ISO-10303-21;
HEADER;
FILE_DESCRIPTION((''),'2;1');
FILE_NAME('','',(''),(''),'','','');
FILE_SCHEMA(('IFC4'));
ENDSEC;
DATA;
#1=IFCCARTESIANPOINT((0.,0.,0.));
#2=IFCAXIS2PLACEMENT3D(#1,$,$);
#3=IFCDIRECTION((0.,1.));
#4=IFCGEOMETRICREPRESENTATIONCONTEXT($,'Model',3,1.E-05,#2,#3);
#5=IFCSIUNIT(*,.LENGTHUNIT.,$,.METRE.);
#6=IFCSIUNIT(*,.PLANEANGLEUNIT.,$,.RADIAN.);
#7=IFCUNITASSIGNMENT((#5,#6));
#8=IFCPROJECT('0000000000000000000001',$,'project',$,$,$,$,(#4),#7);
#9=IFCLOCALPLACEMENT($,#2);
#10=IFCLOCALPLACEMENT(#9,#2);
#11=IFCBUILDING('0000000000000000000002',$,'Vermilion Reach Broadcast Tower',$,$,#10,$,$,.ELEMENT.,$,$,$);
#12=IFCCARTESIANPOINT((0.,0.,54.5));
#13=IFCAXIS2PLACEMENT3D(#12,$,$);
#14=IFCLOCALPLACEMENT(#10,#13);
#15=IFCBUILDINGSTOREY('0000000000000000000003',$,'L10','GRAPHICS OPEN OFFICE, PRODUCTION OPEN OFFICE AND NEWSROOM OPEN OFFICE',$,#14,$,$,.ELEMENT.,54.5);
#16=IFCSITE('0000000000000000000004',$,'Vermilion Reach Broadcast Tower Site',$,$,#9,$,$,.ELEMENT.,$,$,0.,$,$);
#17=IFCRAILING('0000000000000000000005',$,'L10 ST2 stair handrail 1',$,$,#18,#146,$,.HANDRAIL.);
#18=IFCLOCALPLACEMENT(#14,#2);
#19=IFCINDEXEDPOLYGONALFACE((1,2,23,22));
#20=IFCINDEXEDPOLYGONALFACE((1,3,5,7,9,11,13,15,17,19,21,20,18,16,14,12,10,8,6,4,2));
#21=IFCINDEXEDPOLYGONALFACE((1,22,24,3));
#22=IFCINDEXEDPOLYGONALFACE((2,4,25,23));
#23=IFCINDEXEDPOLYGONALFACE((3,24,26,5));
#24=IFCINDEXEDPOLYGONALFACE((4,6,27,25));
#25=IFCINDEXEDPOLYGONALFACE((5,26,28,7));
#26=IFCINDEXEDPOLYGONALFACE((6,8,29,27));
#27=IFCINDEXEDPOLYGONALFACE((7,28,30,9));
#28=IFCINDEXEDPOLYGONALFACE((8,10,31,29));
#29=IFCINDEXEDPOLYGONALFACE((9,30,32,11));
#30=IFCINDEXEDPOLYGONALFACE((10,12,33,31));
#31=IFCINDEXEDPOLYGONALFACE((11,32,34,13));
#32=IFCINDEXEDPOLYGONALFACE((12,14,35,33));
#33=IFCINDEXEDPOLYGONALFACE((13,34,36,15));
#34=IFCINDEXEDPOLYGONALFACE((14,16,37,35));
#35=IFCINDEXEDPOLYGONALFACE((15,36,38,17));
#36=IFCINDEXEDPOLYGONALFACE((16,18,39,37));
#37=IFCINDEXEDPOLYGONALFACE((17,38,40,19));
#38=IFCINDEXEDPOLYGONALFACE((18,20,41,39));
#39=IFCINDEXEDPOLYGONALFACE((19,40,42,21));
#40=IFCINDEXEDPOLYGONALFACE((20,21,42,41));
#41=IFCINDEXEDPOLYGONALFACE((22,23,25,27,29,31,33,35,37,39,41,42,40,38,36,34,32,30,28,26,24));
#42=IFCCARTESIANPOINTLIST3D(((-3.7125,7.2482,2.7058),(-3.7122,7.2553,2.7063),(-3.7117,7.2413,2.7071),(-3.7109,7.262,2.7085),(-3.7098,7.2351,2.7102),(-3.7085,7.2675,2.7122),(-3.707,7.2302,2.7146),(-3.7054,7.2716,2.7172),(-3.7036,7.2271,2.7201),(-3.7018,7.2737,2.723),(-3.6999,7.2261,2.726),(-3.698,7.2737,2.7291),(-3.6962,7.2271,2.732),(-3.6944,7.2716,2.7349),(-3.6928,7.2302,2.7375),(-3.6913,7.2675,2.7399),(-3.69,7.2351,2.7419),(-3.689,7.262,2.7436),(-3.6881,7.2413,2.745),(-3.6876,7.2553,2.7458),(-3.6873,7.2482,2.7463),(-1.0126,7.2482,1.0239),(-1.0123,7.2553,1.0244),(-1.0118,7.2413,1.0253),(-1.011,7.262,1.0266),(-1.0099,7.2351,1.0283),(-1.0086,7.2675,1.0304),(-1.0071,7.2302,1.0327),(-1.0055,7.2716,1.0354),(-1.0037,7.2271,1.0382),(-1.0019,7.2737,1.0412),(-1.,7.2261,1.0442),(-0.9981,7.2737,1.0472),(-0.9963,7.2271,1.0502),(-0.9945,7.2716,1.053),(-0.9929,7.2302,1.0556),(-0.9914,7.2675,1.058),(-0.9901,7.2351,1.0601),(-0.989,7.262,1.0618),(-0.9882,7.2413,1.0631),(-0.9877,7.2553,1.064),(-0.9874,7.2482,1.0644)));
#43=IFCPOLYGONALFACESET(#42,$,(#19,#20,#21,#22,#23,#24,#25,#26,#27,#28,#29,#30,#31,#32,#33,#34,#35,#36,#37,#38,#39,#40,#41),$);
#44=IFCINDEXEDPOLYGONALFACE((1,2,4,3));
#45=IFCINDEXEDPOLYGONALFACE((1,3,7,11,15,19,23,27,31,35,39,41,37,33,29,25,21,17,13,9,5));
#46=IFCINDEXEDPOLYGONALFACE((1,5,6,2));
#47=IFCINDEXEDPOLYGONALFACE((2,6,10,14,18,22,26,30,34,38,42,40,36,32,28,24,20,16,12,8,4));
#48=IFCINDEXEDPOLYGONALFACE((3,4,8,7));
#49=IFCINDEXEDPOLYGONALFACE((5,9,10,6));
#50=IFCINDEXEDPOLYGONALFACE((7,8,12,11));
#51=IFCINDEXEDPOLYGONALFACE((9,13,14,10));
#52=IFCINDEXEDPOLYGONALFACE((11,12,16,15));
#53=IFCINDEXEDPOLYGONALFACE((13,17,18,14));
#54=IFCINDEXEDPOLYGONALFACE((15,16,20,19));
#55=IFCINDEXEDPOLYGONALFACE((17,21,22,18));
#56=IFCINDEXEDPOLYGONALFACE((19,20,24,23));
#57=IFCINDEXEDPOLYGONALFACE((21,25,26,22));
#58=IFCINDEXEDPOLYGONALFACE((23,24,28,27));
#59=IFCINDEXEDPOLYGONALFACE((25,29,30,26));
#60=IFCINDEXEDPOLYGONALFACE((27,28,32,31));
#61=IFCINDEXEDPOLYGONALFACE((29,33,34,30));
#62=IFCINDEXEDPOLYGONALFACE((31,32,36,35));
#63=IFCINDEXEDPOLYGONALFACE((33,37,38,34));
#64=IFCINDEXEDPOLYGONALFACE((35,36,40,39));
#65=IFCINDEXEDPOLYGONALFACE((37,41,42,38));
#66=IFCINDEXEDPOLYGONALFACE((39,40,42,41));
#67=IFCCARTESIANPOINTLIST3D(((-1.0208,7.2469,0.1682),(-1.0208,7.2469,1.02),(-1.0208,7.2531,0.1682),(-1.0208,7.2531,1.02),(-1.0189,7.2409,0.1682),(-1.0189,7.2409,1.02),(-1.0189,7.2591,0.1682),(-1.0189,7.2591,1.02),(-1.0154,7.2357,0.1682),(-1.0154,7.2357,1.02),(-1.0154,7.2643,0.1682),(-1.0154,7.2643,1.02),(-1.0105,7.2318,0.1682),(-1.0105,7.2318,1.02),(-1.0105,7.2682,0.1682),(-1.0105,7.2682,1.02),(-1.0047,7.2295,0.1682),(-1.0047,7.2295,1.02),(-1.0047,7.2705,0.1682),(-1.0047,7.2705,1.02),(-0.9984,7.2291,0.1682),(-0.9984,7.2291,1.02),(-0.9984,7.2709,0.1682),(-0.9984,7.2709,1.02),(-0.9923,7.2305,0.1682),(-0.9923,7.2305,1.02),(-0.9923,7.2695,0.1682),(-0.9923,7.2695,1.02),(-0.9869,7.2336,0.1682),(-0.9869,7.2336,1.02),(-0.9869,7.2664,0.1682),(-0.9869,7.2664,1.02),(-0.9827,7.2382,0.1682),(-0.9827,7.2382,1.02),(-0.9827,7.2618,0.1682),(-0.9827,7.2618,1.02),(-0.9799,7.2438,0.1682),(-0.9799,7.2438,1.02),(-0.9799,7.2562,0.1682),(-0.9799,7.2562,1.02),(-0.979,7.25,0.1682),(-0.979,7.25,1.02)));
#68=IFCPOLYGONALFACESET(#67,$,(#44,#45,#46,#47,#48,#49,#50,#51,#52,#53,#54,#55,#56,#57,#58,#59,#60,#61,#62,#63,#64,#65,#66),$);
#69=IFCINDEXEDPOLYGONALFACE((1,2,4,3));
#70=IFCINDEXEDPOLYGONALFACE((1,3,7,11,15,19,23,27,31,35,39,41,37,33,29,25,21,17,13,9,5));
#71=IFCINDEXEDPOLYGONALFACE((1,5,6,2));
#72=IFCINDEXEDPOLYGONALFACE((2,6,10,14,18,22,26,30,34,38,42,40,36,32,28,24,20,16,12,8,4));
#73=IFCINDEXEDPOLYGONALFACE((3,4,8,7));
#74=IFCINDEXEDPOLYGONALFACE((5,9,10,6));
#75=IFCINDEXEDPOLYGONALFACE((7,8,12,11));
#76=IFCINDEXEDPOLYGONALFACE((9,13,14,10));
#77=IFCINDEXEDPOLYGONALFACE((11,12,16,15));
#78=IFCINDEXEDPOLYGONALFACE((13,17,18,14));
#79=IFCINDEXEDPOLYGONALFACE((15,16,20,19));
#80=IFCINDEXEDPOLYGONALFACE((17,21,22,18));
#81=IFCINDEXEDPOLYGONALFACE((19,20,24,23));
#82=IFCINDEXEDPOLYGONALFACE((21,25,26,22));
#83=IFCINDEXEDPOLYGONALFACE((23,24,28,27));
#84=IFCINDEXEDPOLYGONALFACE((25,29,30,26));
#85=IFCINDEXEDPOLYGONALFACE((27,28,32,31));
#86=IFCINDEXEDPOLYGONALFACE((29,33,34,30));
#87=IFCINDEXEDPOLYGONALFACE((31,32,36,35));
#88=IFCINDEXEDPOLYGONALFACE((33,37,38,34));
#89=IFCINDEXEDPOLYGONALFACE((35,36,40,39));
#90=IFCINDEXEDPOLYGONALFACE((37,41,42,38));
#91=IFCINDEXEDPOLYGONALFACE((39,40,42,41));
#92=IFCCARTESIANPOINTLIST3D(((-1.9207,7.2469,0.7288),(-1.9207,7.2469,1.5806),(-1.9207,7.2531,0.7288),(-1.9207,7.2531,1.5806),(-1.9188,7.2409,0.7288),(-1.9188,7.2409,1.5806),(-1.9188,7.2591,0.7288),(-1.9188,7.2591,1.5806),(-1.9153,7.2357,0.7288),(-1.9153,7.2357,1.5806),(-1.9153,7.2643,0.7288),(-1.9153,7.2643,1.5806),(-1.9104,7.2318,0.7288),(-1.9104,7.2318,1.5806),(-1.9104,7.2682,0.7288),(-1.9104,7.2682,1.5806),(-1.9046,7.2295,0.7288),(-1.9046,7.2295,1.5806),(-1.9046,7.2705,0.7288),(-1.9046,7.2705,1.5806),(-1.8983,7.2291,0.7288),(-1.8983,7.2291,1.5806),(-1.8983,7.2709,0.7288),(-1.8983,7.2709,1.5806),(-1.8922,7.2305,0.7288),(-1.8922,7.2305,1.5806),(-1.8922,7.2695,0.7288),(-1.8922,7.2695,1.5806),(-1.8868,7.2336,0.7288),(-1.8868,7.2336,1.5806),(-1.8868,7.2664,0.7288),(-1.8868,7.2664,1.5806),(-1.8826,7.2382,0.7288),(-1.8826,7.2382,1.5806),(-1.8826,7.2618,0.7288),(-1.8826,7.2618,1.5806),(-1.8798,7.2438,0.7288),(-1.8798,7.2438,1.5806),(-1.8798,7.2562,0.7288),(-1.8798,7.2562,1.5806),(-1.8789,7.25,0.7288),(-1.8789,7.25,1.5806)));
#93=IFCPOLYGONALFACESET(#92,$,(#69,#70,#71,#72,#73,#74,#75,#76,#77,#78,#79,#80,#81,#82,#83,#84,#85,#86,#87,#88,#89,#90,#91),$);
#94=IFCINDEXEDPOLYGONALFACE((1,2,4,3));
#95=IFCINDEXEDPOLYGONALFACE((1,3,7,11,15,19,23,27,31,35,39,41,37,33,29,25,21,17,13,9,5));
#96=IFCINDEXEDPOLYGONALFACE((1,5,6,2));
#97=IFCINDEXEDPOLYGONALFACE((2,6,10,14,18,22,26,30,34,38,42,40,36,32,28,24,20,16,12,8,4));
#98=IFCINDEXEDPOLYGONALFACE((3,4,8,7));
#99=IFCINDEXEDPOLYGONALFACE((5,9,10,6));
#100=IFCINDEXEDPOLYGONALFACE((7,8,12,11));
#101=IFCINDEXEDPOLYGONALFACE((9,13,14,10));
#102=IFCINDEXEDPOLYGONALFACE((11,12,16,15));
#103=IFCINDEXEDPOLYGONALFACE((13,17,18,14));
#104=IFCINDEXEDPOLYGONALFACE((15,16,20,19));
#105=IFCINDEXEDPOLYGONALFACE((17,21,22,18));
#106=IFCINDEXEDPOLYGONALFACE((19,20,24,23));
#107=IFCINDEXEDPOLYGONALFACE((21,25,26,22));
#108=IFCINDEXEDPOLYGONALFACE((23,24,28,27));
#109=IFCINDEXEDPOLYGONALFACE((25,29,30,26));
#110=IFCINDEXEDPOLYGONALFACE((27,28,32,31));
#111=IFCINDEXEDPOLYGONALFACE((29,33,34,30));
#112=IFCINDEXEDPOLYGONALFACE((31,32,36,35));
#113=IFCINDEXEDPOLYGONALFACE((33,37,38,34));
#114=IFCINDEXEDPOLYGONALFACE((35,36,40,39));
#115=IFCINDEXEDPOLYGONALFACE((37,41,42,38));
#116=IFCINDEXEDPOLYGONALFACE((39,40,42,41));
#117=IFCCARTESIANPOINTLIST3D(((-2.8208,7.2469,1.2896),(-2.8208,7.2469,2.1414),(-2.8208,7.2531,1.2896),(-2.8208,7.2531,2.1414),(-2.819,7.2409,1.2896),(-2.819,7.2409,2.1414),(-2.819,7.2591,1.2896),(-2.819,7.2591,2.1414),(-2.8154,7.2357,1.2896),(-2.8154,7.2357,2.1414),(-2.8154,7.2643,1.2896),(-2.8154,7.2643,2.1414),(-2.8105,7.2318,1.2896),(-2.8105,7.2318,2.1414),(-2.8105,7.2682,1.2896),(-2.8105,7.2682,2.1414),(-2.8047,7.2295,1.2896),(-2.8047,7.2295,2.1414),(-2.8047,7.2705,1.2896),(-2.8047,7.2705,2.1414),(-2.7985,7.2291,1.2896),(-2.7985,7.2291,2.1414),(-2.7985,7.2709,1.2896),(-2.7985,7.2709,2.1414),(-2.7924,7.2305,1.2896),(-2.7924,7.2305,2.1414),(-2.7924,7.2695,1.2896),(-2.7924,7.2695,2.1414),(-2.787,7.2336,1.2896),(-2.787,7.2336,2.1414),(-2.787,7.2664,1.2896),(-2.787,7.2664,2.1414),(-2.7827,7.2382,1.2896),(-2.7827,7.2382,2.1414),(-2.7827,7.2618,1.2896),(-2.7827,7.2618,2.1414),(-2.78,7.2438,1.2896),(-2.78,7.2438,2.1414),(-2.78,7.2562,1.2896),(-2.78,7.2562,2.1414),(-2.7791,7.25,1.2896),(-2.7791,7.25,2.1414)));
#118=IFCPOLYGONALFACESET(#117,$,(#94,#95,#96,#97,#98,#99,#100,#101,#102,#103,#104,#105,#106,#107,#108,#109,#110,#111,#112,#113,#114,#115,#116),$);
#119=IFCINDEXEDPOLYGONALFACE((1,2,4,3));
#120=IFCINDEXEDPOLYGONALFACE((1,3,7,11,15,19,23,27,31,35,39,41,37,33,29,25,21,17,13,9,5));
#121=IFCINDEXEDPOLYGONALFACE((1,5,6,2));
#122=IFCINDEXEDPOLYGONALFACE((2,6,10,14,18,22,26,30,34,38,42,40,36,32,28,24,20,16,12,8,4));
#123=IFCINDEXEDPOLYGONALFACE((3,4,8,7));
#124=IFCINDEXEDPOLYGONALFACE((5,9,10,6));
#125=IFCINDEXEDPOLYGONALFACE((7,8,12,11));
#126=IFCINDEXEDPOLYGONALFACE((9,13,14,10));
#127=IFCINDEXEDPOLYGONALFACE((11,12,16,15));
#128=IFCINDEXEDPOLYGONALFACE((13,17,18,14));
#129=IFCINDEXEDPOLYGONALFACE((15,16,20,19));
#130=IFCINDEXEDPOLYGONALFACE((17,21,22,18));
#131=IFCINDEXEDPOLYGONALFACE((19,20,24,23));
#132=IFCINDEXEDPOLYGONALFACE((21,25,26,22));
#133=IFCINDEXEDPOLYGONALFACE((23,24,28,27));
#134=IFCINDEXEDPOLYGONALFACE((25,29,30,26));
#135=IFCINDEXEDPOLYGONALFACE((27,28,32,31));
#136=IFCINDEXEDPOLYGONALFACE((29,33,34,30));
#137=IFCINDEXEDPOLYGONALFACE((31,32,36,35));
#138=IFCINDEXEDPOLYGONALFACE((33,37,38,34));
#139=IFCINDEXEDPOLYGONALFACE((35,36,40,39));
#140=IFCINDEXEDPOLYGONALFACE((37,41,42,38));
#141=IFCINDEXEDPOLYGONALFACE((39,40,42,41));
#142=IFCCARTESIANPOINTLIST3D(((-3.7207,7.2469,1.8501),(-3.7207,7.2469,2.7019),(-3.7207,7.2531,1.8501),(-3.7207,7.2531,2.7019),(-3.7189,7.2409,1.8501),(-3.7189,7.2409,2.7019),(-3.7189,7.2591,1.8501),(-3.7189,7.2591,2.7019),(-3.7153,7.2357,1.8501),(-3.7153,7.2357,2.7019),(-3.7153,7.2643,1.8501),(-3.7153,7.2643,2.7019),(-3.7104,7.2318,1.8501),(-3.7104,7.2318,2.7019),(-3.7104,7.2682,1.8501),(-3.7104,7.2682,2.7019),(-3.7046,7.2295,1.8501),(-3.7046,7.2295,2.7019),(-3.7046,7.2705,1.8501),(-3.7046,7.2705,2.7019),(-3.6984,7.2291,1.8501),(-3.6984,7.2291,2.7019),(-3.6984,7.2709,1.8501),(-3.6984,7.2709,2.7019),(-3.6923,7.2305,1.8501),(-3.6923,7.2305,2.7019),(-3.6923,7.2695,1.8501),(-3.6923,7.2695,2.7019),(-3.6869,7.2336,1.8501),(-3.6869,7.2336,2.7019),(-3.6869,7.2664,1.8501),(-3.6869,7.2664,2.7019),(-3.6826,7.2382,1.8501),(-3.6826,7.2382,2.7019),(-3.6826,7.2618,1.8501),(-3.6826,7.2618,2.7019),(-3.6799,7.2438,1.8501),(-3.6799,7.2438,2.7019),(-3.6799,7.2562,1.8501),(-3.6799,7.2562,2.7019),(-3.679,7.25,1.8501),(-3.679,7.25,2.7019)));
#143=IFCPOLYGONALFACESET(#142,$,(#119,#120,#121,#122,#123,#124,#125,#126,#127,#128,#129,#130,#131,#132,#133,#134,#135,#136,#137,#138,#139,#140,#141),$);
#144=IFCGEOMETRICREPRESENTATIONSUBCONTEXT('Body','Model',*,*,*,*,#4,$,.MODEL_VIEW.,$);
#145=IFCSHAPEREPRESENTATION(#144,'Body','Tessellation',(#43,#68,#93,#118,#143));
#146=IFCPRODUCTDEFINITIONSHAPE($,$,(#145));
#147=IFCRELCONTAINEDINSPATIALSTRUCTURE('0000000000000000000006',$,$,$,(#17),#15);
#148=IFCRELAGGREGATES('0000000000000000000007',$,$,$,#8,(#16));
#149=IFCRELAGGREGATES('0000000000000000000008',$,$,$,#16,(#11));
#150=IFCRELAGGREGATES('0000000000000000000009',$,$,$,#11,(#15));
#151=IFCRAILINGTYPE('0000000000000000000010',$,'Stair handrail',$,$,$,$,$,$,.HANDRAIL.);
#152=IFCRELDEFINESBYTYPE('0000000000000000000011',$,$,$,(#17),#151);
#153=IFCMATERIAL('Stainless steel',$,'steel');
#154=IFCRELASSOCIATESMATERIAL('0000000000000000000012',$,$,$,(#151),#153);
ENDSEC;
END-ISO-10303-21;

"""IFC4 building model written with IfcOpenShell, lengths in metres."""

from ifc_helpers import new_model, si_unit, direction, frame, origin, origin_2d, place, context, subcontext, project, spatial, circle, extrude, material, type_object, element, save


model = new_model("IFC4")

# Units and contexts
model_context = context("Model", 3, precision=1e-05, world=origin(), true_north=direction((0.0, 1.0)))
body_context = subcontext(model_context, "Body", "Model", "MODEL_VIEW")
ifc_project = project(units=[si_unit("LENGTHUNIT", "METRE"), si_unit("PLANEANGLEUNIT", "RADIAN")], contexts=[model_context])

# Site, building, storey
site_placement = place(None, origin())
site = spatial("IfcSite", under=ifc_project, at=site_placement, Name="Vermilion Reach Broadcast Tower Site", CompositionType="ELEMENT", RefElevation=0.0)
building_placement = place(site_placement, origin())
building = spatial("IfcBuilding", under=site, at=building_placement, Name="Vermilion Reach Broadcast Tower", CompositionType="ELEMENT")
storey_placement = place(building_placement, frame((0.0, 0.0, 54.5)))
storey = spatial("IfcBuildingStorey", under=building, at=storey_placement, Name="L10", Description="GRAPHICS OPEN OFFICE, PRODUCTION OPEN OFFICE AND NEWSROOM OPEN OFFICE", CompositionType="ELEMENT", Elevation=54.5)

# Railing
ifc_material_1 = material(Name="Stainless steel", Category="steel")
railing_type_1 = type_object("IfcRailingType", Name="Stair handrail", PredefinedType="HANDRAIL", material=ifc_material_1)
railing_1_placement = place(storey_placement, frame((-1.0, 7.25, 0.1682)))
element("IfcRailing", 1, at=railing_1_placement, inside=storey, type_object=railing_type_1, Name="L10 ST2 stair handrail 1", PredefinedType="HANDRAIL", context=body_context, shape_type="SweptSolid", body=[
    extrude(circle(Radius=0.0239, at=origin_2d()), frame((0.0, 0.0, 0.876), z_axis=(-0.848786, 0.0, 0.528736), x_axis=(0.0, -1.0, 0.0)), (0.0, 0.0, 1.0), 3.1809),
    extrude(circle(Radius=0.021, at=origin_2d()), origin(), (0.0, 0.0, 1.0), 0.8518),
    extrude(circle(Radius=0.021, at=origin_2d()), frame((-0.8999, 0.0, 0.5605)), (0.0, 0.0, 1.0), 0.8518),
    extrude(circle(Radius=0.021, at=origin_2d()), frame((-1.8, 0.0, 1.1213)), (0.0, 0.0, 1.0), 0.8518),
    extrude(circle(Radius=0.021, at=origin_2d()), frame((-2.7, 0.0, 1.6819)), (0.0, 0.0, 1.0), 0.8518),
])

save(model, "model.ifc")
